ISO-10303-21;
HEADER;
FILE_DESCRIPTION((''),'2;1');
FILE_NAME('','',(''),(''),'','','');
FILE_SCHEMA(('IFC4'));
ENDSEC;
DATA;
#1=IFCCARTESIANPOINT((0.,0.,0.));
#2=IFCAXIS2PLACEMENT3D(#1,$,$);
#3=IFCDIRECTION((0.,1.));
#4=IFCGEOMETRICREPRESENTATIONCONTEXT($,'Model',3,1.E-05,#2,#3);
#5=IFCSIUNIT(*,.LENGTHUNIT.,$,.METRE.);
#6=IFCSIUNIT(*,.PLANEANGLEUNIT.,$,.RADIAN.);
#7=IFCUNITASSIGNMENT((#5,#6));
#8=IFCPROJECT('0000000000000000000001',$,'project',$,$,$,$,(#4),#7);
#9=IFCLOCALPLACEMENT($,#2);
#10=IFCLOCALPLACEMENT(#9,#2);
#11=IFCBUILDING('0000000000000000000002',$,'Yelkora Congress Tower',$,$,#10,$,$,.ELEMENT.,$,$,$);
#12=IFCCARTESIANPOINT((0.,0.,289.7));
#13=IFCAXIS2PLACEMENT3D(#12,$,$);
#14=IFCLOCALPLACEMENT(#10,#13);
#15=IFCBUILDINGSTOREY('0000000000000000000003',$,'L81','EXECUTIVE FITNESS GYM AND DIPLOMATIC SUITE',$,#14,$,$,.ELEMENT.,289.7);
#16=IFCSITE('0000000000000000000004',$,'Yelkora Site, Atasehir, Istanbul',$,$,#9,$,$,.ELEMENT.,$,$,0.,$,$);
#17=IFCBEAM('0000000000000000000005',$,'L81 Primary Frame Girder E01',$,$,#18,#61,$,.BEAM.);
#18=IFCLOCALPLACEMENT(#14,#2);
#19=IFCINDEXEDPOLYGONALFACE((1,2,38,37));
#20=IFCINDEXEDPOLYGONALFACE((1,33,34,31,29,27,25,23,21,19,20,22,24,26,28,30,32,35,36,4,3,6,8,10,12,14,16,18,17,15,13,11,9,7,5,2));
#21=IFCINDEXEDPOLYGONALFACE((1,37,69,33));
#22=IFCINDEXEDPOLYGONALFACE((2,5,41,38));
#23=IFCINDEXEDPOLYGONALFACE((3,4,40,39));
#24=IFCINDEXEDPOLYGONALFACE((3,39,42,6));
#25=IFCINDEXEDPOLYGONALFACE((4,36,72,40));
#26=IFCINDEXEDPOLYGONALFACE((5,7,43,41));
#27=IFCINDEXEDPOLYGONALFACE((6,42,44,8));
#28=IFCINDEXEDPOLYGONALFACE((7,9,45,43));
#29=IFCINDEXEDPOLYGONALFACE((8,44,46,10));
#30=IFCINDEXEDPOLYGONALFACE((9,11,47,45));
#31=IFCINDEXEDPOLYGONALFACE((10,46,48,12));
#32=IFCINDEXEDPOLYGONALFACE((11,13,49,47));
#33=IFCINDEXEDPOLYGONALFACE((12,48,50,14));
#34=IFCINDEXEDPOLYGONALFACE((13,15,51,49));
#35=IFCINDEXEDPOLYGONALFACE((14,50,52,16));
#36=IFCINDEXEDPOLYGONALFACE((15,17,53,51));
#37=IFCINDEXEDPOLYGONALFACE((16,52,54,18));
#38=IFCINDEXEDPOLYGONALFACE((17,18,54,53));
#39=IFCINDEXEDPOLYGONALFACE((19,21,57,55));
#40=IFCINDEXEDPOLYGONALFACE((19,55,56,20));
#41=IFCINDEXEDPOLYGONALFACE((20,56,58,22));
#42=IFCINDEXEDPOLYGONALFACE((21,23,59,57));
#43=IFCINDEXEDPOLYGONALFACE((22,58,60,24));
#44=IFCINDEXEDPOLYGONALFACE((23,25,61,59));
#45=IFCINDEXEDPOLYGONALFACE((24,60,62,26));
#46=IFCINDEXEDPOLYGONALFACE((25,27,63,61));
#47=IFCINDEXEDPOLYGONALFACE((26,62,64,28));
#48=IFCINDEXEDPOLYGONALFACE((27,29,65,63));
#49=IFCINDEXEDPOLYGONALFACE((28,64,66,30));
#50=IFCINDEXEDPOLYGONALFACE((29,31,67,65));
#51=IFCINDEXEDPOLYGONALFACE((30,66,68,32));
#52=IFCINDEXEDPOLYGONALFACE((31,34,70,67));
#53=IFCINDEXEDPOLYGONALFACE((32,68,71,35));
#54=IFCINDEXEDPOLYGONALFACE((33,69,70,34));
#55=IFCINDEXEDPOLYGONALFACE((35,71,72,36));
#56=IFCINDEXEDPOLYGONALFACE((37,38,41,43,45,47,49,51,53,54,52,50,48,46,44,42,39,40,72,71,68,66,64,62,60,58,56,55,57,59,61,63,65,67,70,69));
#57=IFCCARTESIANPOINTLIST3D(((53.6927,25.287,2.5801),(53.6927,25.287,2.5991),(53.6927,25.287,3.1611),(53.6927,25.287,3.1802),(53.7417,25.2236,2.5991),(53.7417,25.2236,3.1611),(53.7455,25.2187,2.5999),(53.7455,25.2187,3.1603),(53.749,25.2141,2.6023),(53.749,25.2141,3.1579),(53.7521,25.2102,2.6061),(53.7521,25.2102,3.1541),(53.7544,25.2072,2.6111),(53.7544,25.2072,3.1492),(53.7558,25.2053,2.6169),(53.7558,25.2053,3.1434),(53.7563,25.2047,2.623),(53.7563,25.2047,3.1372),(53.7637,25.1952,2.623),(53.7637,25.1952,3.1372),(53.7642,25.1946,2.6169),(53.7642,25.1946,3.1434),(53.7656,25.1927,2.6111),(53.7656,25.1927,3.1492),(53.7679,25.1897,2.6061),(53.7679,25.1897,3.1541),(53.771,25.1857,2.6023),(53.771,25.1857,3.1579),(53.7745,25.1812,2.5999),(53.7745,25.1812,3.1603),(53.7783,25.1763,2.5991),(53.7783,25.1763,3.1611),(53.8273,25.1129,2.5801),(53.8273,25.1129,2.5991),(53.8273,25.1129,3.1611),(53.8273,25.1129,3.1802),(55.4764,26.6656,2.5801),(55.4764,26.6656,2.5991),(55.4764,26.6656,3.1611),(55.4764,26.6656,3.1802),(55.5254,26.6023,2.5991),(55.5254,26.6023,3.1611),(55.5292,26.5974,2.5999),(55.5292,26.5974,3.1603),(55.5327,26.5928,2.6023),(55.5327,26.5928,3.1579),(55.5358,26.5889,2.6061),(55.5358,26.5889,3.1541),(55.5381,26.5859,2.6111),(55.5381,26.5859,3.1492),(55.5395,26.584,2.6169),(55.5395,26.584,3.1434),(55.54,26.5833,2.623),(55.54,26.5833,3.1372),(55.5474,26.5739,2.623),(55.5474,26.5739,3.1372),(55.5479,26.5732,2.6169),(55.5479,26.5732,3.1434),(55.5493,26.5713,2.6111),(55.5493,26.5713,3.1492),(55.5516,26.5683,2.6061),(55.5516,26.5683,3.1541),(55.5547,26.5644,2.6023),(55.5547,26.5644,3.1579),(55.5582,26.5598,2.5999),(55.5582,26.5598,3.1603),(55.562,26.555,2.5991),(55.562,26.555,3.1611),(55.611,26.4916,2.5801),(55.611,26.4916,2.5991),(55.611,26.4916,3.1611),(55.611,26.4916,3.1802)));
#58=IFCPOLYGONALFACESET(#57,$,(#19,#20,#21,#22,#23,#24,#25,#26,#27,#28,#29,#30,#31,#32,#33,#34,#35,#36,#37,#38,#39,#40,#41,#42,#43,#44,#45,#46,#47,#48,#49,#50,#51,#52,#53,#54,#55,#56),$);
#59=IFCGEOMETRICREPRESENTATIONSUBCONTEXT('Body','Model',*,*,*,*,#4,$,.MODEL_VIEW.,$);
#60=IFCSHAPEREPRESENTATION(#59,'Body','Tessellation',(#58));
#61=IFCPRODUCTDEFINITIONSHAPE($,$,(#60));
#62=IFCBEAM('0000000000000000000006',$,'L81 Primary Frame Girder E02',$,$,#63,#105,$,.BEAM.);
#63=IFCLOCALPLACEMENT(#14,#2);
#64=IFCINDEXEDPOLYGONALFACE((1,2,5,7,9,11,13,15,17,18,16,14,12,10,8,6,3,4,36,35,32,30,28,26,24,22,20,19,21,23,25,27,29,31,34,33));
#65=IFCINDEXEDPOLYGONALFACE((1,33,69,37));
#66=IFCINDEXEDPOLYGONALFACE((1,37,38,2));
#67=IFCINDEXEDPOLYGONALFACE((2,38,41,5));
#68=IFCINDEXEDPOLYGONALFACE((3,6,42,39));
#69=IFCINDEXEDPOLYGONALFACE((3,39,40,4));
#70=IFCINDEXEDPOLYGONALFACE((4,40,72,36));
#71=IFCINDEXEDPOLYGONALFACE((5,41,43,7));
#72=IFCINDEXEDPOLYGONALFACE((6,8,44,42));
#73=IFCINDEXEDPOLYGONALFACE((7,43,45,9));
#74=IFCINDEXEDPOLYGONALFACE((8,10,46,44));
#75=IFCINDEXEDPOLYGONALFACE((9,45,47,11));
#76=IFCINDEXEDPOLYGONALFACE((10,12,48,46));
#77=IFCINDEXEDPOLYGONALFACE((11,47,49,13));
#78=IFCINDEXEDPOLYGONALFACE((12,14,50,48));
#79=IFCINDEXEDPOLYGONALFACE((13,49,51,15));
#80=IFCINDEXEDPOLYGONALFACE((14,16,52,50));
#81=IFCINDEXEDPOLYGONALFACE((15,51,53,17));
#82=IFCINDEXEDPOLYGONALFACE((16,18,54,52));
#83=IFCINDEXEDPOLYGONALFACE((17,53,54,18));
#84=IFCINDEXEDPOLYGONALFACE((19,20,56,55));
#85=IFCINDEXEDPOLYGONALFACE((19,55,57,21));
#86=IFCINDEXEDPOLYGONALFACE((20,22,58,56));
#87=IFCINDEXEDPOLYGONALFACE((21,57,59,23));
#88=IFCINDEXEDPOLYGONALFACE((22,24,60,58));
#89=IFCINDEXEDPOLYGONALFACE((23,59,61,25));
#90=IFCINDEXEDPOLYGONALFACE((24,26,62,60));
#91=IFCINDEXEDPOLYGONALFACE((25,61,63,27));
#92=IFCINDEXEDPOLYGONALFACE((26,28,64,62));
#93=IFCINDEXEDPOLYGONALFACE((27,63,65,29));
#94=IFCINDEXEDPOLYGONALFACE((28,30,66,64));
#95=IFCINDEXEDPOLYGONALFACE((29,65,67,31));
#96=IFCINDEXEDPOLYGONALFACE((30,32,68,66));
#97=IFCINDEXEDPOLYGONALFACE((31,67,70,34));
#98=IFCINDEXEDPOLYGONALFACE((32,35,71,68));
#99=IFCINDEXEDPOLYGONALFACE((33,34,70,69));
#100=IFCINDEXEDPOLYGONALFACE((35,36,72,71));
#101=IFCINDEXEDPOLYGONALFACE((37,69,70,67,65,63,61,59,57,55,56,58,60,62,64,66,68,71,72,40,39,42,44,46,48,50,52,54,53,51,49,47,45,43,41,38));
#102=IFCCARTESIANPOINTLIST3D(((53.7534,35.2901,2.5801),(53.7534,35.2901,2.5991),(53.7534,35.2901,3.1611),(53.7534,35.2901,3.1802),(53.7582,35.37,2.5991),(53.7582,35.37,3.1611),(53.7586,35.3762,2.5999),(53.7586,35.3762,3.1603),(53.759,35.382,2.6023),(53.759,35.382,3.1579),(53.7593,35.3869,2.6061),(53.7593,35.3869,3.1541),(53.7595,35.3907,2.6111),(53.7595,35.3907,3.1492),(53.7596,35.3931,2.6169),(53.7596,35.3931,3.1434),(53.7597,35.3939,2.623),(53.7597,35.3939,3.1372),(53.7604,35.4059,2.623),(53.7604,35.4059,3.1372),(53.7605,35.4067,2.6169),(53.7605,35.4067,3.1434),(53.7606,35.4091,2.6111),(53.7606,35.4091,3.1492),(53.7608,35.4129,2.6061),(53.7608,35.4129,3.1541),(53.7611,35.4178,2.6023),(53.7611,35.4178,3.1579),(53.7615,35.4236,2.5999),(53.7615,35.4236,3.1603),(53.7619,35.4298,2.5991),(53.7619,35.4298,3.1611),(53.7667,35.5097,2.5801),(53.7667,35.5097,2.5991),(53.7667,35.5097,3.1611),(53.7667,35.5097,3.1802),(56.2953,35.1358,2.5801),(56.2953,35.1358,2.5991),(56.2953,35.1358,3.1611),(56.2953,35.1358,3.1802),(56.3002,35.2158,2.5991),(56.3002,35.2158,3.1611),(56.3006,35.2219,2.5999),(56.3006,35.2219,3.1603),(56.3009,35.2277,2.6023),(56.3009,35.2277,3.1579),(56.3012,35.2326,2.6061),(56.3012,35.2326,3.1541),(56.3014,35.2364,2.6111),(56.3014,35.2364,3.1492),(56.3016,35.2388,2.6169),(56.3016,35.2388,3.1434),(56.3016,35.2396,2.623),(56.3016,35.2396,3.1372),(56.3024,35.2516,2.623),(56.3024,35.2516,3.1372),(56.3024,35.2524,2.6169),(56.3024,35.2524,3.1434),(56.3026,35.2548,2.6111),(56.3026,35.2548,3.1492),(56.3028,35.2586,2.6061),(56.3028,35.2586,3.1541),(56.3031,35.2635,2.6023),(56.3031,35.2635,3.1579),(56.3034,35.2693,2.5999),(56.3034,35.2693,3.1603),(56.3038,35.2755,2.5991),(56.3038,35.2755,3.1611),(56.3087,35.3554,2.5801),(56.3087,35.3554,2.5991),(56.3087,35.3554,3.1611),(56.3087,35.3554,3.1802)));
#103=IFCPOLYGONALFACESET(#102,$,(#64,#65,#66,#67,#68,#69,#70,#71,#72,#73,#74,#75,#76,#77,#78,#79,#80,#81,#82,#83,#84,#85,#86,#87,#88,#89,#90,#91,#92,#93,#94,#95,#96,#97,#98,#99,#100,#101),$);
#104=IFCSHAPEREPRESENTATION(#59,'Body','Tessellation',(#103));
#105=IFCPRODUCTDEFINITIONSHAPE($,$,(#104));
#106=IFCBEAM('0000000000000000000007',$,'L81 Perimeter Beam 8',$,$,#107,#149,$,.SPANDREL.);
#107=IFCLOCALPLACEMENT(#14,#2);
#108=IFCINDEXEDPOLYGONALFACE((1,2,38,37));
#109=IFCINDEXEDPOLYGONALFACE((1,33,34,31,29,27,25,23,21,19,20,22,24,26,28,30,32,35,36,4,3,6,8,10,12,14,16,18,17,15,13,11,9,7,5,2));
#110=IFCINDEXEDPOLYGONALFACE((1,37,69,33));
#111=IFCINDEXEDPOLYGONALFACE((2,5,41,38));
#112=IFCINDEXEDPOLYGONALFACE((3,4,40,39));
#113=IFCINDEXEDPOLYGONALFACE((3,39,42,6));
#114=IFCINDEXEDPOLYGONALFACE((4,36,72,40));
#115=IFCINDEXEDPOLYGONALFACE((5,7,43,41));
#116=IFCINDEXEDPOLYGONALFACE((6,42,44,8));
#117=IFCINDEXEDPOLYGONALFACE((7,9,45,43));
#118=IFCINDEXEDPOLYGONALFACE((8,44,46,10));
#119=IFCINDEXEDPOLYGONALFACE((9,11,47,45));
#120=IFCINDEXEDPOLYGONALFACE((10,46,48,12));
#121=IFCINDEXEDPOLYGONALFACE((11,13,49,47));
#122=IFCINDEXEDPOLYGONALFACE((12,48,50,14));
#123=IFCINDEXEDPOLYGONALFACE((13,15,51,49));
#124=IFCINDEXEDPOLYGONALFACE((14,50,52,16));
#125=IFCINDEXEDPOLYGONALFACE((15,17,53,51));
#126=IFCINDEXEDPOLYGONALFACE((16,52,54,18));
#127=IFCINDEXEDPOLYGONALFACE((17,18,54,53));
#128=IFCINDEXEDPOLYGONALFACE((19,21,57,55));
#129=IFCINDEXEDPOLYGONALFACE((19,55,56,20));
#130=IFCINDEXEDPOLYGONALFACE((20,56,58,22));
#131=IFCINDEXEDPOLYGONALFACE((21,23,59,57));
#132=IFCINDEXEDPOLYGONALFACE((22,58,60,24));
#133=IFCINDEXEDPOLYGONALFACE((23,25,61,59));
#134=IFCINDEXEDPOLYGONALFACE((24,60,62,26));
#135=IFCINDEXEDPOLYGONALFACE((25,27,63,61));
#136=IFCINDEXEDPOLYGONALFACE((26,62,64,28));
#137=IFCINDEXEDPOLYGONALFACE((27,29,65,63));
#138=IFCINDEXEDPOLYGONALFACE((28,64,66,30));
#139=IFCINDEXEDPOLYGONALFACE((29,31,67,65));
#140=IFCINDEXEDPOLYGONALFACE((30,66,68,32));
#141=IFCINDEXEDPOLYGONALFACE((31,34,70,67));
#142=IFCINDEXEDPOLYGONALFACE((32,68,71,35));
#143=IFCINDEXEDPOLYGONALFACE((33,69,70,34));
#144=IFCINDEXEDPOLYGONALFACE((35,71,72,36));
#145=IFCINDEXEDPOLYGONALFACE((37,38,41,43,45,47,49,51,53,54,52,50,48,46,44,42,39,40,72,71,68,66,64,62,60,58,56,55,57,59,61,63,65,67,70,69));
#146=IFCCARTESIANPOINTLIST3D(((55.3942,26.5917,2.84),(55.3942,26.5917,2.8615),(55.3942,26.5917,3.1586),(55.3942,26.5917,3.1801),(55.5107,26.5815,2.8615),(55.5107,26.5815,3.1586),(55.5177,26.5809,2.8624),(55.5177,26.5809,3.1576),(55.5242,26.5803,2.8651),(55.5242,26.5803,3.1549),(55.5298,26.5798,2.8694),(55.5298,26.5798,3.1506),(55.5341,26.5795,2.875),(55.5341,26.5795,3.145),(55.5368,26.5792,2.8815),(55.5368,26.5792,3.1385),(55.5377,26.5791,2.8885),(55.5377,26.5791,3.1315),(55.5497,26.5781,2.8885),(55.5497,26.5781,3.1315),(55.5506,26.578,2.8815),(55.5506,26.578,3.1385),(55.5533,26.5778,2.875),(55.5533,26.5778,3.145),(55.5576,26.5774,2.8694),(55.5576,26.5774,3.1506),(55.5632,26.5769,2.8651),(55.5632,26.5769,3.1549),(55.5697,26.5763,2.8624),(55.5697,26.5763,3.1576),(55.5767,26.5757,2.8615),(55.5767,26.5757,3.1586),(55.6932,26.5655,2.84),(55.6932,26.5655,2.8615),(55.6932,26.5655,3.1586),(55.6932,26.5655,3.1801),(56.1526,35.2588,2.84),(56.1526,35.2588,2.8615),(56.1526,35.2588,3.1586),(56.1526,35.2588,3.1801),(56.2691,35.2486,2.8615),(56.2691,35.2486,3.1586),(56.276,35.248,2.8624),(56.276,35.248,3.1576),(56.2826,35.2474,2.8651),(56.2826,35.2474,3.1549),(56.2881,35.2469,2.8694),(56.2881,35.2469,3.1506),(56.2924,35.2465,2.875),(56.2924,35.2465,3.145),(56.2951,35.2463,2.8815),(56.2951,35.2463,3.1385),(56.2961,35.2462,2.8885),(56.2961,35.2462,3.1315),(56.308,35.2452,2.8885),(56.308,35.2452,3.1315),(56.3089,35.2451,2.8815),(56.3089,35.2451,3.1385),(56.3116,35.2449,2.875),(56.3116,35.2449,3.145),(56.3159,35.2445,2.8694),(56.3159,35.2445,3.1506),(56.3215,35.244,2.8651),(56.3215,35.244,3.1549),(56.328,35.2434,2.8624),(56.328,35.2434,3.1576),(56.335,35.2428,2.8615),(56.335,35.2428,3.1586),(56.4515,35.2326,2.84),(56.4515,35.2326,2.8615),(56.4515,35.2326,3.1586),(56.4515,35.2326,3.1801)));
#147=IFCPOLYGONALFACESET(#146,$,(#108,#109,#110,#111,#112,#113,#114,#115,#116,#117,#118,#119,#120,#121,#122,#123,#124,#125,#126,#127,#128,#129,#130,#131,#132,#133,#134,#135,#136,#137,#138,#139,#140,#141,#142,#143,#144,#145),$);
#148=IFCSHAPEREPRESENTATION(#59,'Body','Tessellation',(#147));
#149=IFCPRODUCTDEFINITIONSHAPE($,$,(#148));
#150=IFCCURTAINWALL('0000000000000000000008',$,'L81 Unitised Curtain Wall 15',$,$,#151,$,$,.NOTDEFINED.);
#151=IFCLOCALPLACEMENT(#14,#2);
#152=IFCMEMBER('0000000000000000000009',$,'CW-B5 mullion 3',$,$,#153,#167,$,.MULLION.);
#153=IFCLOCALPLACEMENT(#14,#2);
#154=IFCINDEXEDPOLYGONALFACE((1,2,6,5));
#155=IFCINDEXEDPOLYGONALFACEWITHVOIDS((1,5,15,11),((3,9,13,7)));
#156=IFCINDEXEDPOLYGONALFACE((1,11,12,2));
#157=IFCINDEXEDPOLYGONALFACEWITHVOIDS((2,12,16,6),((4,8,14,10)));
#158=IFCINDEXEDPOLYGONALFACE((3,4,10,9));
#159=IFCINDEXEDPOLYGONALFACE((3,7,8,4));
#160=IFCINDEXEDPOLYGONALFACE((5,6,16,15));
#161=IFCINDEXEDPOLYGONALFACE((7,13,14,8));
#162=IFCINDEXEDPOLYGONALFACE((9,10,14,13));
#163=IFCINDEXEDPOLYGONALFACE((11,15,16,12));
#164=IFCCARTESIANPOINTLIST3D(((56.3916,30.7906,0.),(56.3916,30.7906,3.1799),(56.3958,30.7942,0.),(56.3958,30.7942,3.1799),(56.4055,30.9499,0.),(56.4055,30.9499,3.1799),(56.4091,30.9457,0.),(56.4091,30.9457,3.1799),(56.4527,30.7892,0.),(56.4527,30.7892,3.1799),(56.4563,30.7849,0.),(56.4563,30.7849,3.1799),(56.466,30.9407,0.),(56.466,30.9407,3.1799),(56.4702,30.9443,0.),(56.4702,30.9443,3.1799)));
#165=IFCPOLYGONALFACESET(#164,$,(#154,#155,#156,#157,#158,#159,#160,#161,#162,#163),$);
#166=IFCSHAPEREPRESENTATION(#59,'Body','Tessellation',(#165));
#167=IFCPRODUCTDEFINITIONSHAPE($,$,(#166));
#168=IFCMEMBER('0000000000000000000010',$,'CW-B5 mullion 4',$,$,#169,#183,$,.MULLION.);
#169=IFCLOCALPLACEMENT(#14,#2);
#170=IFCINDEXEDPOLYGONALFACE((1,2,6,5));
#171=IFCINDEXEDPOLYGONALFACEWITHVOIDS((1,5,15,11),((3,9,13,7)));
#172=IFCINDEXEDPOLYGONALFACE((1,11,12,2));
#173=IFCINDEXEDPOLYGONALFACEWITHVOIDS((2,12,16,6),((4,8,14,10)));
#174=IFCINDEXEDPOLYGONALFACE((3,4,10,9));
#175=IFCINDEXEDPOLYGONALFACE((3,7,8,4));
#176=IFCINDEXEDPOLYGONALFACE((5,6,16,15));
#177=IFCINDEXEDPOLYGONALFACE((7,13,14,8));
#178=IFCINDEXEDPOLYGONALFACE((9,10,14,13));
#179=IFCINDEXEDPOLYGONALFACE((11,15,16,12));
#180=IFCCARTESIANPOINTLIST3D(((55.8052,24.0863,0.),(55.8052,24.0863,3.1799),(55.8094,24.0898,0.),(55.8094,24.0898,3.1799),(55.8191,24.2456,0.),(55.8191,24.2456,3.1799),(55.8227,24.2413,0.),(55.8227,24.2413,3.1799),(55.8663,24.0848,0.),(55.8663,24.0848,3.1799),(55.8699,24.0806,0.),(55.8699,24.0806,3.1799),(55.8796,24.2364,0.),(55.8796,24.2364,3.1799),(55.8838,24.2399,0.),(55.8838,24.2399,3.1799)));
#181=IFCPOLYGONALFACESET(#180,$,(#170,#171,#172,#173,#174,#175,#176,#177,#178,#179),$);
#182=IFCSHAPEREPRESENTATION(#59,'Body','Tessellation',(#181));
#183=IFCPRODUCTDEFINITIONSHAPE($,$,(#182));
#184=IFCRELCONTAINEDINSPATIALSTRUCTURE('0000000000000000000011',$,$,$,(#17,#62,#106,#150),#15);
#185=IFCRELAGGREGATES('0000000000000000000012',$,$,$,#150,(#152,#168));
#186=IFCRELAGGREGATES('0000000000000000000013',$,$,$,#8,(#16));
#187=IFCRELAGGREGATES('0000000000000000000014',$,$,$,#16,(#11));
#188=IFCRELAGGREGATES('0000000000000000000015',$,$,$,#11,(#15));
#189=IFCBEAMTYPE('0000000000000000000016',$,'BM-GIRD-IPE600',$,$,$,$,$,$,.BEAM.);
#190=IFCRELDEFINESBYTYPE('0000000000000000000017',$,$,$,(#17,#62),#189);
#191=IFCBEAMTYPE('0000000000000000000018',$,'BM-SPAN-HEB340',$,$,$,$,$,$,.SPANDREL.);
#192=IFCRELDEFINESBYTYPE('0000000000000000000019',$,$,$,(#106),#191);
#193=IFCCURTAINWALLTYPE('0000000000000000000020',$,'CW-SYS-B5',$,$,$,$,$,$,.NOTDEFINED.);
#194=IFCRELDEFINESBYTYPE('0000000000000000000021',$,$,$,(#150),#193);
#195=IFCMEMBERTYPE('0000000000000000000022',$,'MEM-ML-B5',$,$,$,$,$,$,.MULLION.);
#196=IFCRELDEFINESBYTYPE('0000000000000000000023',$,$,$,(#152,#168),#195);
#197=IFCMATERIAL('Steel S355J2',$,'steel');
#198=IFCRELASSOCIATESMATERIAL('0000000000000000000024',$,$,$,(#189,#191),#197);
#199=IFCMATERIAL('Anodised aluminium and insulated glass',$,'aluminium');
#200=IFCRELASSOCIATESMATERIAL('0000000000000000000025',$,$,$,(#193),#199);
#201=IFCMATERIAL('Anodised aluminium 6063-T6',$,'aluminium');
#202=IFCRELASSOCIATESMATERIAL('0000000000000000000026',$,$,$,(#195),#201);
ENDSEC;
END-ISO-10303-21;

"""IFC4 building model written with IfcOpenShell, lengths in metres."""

from ifc_helpers import new_model, si_unit, direction, frame, origin, origin_2d, place, context, subcontext, project, spatial, hollow_rectangle, i_section, extrude, material, material_profile, profile_set, type_object, element, aggregate, save


model = new_model("IFC4")

# Units and contexts
model_context = context("Model", 3, precision=1e-05, world=origin(), true_north=direction((0.0, 1.0)))
body_context = subcontext(model_context, "Body", "Model", "MODEL_VIEW")
ifc_project = project(units=[si_unit("LENGTHUNIT", "METRE"), si_unit("PLANEANGLEUNIT", "RADIAN")], contexts=[model_context])

# Site, building, storey
site_placement = place(None, origin())
site = spatial("IfcSite", under=ifc_project, at=site_placement, Name="Yelkora Site, Atasehir, Istanbul", CompositionType="ELEMENT", RefElevation=0.0)
building_placement = place(site_placement, origin())
building = spatial("IfcBuilding", under=site, at=building_placement, Name="Yelkora Congress Tower", CompositionType="ELEMENT")
storey_placement = place(building_placement, frame((0.0, 0.0, 289.7)))
storey = spatial("IfcBuildingStorey", under=building, at=storey_placement, Name="L81", Description="EXECUTIVE FITNESS GYM AND DIPLOMATIC SUITE", CompositionType="ELEMENT", Elevation=289.7)

# Shared definitions
ifc_material_1 = material(Name="Steel S355J2", Category="steel")

# Beams
ifc_material_profile_1 = material_profile(ifc_material_1, i_section(OverallWidth=0.22, OverallDepth=0.6001, WebThickness=0.012, FlangeThickness=0.019, FilletRadius=0.0239, at=origin_2d()), Name="IPE 600")
ifc_profile_set_1 = profile_set([ifc_material_profile_1], Name="Steel S355J2")
beam_type_1 = type_object("IfcBeamType", Name="BM-GIRD-IPE600", PredefinedType="BEAM", material=ifc_profile_set_1)
beam_1_placement = place(storey_placement, frame((55.5437, 26.5786, 2.8801), z_axis=(-0.791209, -0.611546, 0.0), x_axis=(0.611546, -0.791209, 0.0)))
element("IfcBeam", 1, at=beam_1_placement, inside=storey, type_object=beam_type_1, Name="L81 Primary Frame Girder E01", PredefinedType="BEAM", context=body_context, shape_type="SweptSolid", body=[
    extrude(i_section(OverallWidth=0.22, OverallDepth=0.6001, WebThickness=0.012, FlangeThickness=0.019, FilletRadius=0.0239, at=origin_2d()), origin(), (0.0, 0.0, 1.0), 2.2544),
])
beam_2_placement = place(storey_placement, frame((56.302, 35.2456, 2.8801), z_axis=(-0.998163, 0.060588, 0.0), x_axis=(-0.060588, -0.998163, 0.0)))
element("IfcBeam", 2, at=beam_2_placement, inside=storey, type_object=beam_type_1, Name="L81 Primary Frame Girder E02", PredefinedType="BEAM", context=body_context, shape_type="SweptSolid", body=[
    extrude(i_section(OverallWidth=0.22, OverallDepth=0.6001, WebThickness=0.012, FlangeThickness=0.019, FilletRadius=0.0239, at=origin_2d()), origin(), (0.0, 0.0, 1.0), 2.5466),
])
ifc_material_profile_2 = material_profile(ifc_material_1, i_section(OverallWidth=0.3, OverallDepth=0.3401, WebThickness=0.012, FlangeThickness=0.0215, FilletRadius=0.0271, at=origin_2d()), Name="HEB 340")
ifc_profile_set_2 = profile_set([ifc_material_profile_2], Name="Steel S355J2")
beam_type_2 = type_object("IfcBeamType", Name="BM-SPAN-HEB340", PredefinedType="SPANDREL", material=ifc_profile_set_2)
beam_3_placement = place(storey_placement, frame((55.5437, 26.5786, 3.01), z_axis=(0.08716, 0.996194, 0.0), x_axis=(-0.996194, 0.08716, 0.0)))
element("IfcBeam", 3, at=beam_3_placement, inside=storey, type_object=beam_type_2, Name="L81 Perimeter Beam 8", PredefinedType="SPANDREL", context=body_context, shape_type="SweptSolid", body=[
    extrude(i_section(OverallWidth=0.3, OverallDepth=0.3401, WebThickness=0.012, FlangeThickness=0.0215, FilletRadius=0.0271, at=origin_2d()), origin(), (0.0, 0.0, 1.0), 8.7002),
])

# Curtain wall, members
ifc_material_2 = material(Name="Anodised aluminium and insulated glass", Category="aluminium")
curtain_wall_type = type_object("IfcCurtainWallType", Name="CW-SYS-B5", PredefinedType="NOTDEFINED", material=ifc_material_2)
curtain_wall_placement = place(storey_placement, origin())
curtain_wall = element("IfcCurtainWall", 4, at=curtain_wall_placement, inside=storey, type_object=curtain_wall_type, Name="L81 Unitised Curtain Wall 15", PredefinedType="NOTDEFINED")
ifc_material_3 = material(Name="Anodised aluminium 6063-T6", Category="aluminium")
ifc_material_profile_3 = material_profile(ifc_material_3, hollow_rectangle(XDim=0.0649, YDim=0.1599, WallThickness=0.0039, at=origin_2d()), Name="ALU 65x160x4")
ifc_profile_set_3 = profile_set([ifc_material_profile_3], Name="Anodised aluminium 6063-T6")
member_type_1 = type_object("IfcMemberType", Name="MEM-ML-B5", PredefinedType="MULLION", material=ifc_profile_set_3)
member_1_placement = place(storey_placement, frame((56.4309, 30.8674, 0.0), z_axis=(0.0, 0.0, 1.0), x_axis=(0.996194, -0.087158, 0.0)))
member_1 = element("IfcMember", 5, at=member_1_placement, type_object=member_type_1, Name="CW-B5 mullion 3", PredefinedType="MULLION", context=body_context, shape_type="SweptSolid", body=[
    extrude(hollow_rectangle(XDim=0.0649, YDim=0.1599, WallThickness=0.0039, at=origin_2d()), origin(), (0.0, 0.0, 1.0), 3.1799),
])
member_2_placement = place(storey_placement, frame((55.8445, 24.1631, 0.0), z_axis=(0.0, 0.0, 1.0), x_axis=(0.996194, -0.087158, 0.0)))
member_2 = element("IfcMember", 6, at=member_2_placement, type_object=member_type_1, Name="CW-B5 mullion 4", PredefinedType="MULLION", context=body_context, shape_type="SweptSolid", body=[
    extrude(hollow_rectangle(XDim=0.0649, YDim=0.1599, WallThickness=0.0039, at=origin_2d()), origin(), (0.0, 0.0, 1.0), 3.1799),
])
aggregate(curtain_wall, [member_1, member_2])

save(model, "model.ifc")
